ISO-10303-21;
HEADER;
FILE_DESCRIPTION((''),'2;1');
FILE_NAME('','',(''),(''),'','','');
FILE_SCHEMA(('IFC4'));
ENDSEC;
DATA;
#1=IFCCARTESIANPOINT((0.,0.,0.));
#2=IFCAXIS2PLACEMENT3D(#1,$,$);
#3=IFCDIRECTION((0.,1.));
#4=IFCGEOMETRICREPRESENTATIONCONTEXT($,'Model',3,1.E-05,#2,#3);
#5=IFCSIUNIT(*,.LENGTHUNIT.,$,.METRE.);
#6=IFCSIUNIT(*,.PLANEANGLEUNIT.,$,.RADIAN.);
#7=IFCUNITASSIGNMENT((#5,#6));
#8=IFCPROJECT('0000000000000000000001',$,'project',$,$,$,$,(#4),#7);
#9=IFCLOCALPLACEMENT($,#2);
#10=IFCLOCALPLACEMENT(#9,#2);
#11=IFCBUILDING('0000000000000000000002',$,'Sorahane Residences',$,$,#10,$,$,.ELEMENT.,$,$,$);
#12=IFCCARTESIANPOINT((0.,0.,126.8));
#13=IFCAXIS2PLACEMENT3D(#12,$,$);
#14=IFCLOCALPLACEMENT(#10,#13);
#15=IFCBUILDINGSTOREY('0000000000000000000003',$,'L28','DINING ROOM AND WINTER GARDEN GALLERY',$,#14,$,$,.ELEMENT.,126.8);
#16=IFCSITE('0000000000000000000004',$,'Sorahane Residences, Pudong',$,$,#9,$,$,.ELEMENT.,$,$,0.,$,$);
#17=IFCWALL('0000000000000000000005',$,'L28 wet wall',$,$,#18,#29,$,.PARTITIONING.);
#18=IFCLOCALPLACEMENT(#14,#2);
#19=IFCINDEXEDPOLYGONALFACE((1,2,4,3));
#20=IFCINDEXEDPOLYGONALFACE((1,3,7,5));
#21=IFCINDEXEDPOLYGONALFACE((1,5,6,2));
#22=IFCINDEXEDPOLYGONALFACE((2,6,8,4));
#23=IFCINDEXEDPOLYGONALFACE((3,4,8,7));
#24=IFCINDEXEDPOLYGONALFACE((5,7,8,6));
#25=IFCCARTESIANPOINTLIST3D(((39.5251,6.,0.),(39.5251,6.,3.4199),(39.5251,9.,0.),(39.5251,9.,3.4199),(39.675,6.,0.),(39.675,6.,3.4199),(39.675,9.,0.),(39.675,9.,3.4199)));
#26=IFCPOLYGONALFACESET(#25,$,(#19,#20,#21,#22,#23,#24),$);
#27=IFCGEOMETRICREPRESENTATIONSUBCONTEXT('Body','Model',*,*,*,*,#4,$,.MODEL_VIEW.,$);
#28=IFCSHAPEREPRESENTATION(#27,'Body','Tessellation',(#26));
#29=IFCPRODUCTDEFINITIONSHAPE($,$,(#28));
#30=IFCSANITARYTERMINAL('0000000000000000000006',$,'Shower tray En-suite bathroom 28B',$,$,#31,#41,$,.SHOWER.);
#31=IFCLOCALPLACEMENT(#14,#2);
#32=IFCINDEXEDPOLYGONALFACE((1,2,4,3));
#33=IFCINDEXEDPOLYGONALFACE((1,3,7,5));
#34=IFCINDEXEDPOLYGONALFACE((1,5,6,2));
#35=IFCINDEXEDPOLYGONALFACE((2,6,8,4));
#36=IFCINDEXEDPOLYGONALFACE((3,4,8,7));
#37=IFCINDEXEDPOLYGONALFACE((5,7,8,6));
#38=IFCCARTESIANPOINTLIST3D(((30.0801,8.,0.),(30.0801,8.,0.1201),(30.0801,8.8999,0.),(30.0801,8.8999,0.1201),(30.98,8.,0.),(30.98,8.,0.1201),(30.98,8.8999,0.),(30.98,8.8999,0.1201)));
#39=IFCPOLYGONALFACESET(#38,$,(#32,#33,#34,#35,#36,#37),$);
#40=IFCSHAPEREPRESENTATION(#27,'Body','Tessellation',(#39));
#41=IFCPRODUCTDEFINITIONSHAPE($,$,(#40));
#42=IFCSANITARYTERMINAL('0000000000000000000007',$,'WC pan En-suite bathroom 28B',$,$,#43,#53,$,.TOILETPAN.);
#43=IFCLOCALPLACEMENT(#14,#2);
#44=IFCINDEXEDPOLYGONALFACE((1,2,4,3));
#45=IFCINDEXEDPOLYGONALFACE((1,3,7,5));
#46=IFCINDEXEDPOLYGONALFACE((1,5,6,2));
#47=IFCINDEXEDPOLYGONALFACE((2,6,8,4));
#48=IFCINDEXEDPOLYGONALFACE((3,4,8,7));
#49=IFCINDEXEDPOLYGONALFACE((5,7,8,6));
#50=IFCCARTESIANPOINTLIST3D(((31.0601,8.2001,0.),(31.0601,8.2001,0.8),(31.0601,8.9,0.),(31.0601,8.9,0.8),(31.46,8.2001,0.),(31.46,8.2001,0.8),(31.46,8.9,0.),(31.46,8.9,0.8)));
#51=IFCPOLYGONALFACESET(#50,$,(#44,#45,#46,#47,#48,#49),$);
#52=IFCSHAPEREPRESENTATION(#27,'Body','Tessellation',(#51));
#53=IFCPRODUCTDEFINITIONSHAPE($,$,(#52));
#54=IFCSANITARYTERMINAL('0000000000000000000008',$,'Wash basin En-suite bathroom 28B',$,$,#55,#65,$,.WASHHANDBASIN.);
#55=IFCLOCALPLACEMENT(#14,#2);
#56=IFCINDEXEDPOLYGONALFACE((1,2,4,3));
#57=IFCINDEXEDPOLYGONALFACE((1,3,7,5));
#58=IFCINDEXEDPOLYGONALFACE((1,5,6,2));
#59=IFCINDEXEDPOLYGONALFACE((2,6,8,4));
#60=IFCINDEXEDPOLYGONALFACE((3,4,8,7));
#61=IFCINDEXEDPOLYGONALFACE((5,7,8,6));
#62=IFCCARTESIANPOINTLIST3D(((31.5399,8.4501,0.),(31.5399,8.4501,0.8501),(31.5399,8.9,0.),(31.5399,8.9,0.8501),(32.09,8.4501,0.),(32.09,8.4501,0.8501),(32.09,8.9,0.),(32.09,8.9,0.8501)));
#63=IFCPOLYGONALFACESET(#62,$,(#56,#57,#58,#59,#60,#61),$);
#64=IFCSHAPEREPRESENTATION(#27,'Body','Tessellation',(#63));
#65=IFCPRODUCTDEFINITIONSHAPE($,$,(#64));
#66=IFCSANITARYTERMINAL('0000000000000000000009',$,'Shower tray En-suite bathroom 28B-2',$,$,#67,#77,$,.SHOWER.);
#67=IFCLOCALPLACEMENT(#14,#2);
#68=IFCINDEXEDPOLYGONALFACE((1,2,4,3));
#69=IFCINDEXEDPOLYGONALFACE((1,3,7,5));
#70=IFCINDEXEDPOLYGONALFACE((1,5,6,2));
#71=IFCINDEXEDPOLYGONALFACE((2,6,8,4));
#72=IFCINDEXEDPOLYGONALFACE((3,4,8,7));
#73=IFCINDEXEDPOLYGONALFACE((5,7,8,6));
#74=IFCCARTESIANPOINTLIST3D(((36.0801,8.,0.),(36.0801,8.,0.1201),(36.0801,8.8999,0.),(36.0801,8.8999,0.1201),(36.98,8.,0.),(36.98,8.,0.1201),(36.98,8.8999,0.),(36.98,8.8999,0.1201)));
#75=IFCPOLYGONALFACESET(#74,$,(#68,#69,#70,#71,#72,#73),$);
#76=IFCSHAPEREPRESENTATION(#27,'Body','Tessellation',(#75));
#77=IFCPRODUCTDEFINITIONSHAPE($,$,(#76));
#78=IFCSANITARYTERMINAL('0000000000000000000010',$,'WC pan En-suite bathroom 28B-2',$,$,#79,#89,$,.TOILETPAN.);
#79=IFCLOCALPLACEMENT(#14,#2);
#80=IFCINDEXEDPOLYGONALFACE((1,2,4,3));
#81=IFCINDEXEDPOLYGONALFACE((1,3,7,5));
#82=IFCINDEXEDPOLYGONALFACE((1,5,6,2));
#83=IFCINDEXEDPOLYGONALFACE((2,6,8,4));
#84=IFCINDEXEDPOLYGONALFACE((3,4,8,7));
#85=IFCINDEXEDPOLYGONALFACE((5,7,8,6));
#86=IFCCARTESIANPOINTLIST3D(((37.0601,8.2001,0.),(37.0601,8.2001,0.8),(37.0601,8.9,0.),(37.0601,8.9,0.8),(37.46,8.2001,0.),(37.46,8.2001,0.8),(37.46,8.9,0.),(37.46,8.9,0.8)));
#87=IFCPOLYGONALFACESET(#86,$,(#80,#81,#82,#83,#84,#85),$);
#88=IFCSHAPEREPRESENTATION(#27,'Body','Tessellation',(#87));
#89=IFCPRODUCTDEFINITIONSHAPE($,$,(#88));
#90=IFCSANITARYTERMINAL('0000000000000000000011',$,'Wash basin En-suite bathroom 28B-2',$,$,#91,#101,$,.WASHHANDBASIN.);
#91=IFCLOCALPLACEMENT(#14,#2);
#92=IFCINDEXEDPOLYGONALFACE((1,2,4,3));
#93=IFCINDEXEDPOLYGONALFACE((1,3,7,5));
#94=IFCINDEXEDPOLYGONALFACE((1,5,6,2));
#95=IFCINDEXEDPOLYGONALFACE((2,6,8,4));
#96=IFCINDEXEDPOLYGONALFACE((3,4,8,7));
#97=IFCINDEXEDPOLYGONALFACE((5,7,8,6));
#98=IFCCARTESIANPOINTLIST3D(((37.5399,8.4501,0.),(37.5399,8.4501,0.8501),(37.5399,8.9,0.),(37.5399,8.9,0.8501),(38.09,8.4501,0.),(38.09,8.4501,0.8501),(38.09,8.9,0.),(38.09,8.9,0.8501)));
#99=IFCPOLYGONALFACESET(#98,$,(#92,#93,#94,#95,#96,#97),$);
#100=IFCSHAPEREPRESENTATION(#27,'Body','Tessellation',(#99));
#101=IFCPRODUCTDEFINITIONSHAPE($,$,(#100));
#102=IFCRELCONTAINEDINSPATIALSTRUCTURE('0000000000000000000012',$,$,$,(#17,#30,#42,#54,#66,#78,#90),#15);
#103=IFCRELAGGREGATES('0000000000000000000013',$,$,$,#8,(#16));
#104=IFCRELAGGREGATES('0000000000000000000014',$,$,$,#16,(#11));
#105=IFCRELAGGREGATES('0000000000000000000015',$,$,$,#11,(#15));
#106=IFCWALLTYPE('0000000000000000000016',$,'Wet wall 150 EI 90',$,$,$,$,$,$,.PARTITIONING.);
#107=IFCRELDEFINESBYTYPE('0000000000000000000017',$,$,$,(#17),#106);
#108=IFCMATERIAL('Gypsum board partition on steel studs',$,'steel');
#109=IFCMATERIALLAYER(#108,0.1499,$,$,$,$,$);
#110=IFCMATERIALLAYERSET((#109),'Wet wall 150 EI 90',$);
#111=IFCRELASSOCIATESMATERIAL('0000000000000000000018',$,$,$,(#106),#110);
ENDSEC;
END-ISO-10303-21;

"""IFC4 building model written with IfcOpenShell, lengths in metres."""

from ifc_helpers import new_model, si_unit, direction, frame, frame_2d, origin, origin_2d, place, context, subcontext, project, spatial, rectangle, extrude, material, layer, layer_set, type_object, element, save


model = new_model("IFC4")

# Units and contexts
model_context = context("Model", 3, precision=1e-05, world=origin(), true_north=direction((0.0, 1.0)))
body_context = subcontext(model_context, "Body", "Model", "MODEL_VIEW")
ifc_project = project(units=[si_unit("LENGTHUNIT", "METRE"), si_unit("PLANEANGLEUNIT", "RADIAN")], contexts=[model_context])

# Site, building, storey
site_placement = place(None, origin())
site = spatial("IfcSite", under=ifc_project, at=site_placement, Name="Sorahane Residences, Pudong", CompositionType="ELEMENT", RefElevation=0.0)
building_placement = place(site_placement, origin())
building = spatial("IfcBuilding", under=site, at=building_placement, Name="Sorahane Residences", CompositionType="ELEMENT")
storey_placement = place(building_placement, frame((0.0, 0.0, 126.8)))
storey = spatial("IfcBuildingStorey", under=building, at=storey_placement, Name="L28", Description="DINING ROOM AND WINTER GARDEN GALLERY", CompositionType="ELEMENT", Elevation=126.8)

# Wall
ifc_material_1 = material(Name="Gypsum board partition on steel studs", Category="steel")
ifc_layer_1 = layer(ifc_material_1, 0.1499)
ifc_layer_set_1 = layer_set([ifc_layer_1], Name="Wet wall 150 EI 90")
wall_type_1 = type_object("IfcWallType", Name="Wet wall 150 EI 90", PredefinedType="PARTITIONING", material=ifc_layer_set_1)
wall_1_placement = place(storey_placement, frame((39.6001, 6.0, 0.0), z_axis=(0.0, 0.0, 1.0), x_axis=(0.0, 1.0, 0.0)))
element("IfcWall", 1, at=wall_1_placement, inside=storey, type_object=wall_type_1, Name="L28 wet wall", PredefinedType="PARTITIONING", context=body_context, shape_type="SweptSolid", body=[
    extrude(rectangle(XDim=3.0, YDim=0.1499, at=frame_2d((1.5, 0.0))), origin(), (0.0, 0.0, 1.0), 3.4199),
])

# Sanitary terminals
sanitary_terminal_1_placement = place(storey_placement, frame((30.53, 8.45, 0.0), z_axis=(0.0, 0.0, 1.0), x_axis=(1.0, 0.0, 0.0)))
element("IfcSanitaryTerminal", 2, at=sanitary_terminal_1_placement, inside=storey, Name="Shower tray En-suite bathroom 28B", PredefinedType="SHOWER", context=body_context, shape_type="SweptSolid", body=[
    extrude(rectangle(XDim=0.8999, YDim=0.8999, at=origin_2d()), origin(), (0.0, 0.0, 1.0), 0.1201),
])
sanitary_terminal_2_placement = place(storey_placement, frame((31.26, 8.55, 0.0), z_axis=(0.0, 0.0, 1.0), x_axis=(1.0, 0.0, 0.0)))
element("IfcSanitaryTerminal", 3, at=sanitary_terminal_2_placement, inside=storey, Name="WC pan En-suite bathroom 28B", PredefinedType="TOILETPAN", context=body_context, shape_type="SweptSolid", body=[
    extrude(rectangle(XDim=0.3999, YDim=0.7, at=origin_2d()), origin(), (0.0, 0.0, 1.0), 0.8),
])
sanitary_terminal_3_placement = place(storey_placement, frame((31.8149, 8.675, 0.0), z_axis=(0.0, 0.0, 1.0), x_axis=(1.0, 0.0, 0.0)))
element("IfcSanitaryTerminal", 4, at=sanitary_terminal_3_placement, inside=storey, Name="Wash basin En-suite bathroom 28B", PredefinedType="WASHHANDBASIN", context=body_context, shape_type="SweptSolid", body=[
    extrude(rectangle(XDim=0.55, YDim=0.45, at=origin_2d()), origin(), (0.0, 0.0, 1.0), 0.8501),
])
sanitary_terminal_4_placement = place(storey_placement, frame((36.53, 8.45, 0.0), z_axis=(0.0, 0.0, 1.0), x_axis=(1.0, 0.0, 0.0)))
element("IfcSanitaryTerminal", 5, at=sanitary_terminal_4_placement, inside=storey, Name="Shower tray En-suite bathroom 28B-2", PredefinedType="SHOWER", context=body_context, shape_type="SweptSolid", body=[
    extrude(rectangle(XDim=0.8999, YDim=0.8999, at=origin_2d()), origin(), (0.0, 0.0, 1.0), 0.1201),
])
sanitary_terminal_5_placement = place(storey_placement, frame((37.26, 8.55, 0.0), z_axis=(0.0, 0.0, 1.0), x_axis=(1.0, 0.0, 0.0)))
element("IfcSanitaryTerminal", 6, at=sanitary_terminal_5_placement, inside=storey, Name="WC pan En-suite bathroom 28B-2", PredefinedType="TOILETPAN", context=body_context, shape_type="SweptSolid", body=[
    extrude(rectangle(XDim=0.3999, YDim=0.7, at=origin_2d()), origin(), (0.0, 0.0, 1.0), 0.8),
])
sanitary_terminal_6_placement = place(storey_placement, frame((37.8149, 8.675, 0.0), z_axis=(0.0, 0.0, 1.0), x_axis=(1.0, 0.0, 0.0)))
element("IfcSanitaryTerminal", 7, at=sanitary_terminal_6_placement, inside=storey, Name="Wash basin En-suite bathroom 28B-2", PredefinedType="WASHHANDBASIN", context=body_context, shape_type="SweptSolid", body=[
    extrude(rectangle(XDim=0.55, YDim=0.45, at=origin_2d()), origin(), (0.0, 0.0, 1.0), 0.8501),
])

save(model, "model.ifc")
